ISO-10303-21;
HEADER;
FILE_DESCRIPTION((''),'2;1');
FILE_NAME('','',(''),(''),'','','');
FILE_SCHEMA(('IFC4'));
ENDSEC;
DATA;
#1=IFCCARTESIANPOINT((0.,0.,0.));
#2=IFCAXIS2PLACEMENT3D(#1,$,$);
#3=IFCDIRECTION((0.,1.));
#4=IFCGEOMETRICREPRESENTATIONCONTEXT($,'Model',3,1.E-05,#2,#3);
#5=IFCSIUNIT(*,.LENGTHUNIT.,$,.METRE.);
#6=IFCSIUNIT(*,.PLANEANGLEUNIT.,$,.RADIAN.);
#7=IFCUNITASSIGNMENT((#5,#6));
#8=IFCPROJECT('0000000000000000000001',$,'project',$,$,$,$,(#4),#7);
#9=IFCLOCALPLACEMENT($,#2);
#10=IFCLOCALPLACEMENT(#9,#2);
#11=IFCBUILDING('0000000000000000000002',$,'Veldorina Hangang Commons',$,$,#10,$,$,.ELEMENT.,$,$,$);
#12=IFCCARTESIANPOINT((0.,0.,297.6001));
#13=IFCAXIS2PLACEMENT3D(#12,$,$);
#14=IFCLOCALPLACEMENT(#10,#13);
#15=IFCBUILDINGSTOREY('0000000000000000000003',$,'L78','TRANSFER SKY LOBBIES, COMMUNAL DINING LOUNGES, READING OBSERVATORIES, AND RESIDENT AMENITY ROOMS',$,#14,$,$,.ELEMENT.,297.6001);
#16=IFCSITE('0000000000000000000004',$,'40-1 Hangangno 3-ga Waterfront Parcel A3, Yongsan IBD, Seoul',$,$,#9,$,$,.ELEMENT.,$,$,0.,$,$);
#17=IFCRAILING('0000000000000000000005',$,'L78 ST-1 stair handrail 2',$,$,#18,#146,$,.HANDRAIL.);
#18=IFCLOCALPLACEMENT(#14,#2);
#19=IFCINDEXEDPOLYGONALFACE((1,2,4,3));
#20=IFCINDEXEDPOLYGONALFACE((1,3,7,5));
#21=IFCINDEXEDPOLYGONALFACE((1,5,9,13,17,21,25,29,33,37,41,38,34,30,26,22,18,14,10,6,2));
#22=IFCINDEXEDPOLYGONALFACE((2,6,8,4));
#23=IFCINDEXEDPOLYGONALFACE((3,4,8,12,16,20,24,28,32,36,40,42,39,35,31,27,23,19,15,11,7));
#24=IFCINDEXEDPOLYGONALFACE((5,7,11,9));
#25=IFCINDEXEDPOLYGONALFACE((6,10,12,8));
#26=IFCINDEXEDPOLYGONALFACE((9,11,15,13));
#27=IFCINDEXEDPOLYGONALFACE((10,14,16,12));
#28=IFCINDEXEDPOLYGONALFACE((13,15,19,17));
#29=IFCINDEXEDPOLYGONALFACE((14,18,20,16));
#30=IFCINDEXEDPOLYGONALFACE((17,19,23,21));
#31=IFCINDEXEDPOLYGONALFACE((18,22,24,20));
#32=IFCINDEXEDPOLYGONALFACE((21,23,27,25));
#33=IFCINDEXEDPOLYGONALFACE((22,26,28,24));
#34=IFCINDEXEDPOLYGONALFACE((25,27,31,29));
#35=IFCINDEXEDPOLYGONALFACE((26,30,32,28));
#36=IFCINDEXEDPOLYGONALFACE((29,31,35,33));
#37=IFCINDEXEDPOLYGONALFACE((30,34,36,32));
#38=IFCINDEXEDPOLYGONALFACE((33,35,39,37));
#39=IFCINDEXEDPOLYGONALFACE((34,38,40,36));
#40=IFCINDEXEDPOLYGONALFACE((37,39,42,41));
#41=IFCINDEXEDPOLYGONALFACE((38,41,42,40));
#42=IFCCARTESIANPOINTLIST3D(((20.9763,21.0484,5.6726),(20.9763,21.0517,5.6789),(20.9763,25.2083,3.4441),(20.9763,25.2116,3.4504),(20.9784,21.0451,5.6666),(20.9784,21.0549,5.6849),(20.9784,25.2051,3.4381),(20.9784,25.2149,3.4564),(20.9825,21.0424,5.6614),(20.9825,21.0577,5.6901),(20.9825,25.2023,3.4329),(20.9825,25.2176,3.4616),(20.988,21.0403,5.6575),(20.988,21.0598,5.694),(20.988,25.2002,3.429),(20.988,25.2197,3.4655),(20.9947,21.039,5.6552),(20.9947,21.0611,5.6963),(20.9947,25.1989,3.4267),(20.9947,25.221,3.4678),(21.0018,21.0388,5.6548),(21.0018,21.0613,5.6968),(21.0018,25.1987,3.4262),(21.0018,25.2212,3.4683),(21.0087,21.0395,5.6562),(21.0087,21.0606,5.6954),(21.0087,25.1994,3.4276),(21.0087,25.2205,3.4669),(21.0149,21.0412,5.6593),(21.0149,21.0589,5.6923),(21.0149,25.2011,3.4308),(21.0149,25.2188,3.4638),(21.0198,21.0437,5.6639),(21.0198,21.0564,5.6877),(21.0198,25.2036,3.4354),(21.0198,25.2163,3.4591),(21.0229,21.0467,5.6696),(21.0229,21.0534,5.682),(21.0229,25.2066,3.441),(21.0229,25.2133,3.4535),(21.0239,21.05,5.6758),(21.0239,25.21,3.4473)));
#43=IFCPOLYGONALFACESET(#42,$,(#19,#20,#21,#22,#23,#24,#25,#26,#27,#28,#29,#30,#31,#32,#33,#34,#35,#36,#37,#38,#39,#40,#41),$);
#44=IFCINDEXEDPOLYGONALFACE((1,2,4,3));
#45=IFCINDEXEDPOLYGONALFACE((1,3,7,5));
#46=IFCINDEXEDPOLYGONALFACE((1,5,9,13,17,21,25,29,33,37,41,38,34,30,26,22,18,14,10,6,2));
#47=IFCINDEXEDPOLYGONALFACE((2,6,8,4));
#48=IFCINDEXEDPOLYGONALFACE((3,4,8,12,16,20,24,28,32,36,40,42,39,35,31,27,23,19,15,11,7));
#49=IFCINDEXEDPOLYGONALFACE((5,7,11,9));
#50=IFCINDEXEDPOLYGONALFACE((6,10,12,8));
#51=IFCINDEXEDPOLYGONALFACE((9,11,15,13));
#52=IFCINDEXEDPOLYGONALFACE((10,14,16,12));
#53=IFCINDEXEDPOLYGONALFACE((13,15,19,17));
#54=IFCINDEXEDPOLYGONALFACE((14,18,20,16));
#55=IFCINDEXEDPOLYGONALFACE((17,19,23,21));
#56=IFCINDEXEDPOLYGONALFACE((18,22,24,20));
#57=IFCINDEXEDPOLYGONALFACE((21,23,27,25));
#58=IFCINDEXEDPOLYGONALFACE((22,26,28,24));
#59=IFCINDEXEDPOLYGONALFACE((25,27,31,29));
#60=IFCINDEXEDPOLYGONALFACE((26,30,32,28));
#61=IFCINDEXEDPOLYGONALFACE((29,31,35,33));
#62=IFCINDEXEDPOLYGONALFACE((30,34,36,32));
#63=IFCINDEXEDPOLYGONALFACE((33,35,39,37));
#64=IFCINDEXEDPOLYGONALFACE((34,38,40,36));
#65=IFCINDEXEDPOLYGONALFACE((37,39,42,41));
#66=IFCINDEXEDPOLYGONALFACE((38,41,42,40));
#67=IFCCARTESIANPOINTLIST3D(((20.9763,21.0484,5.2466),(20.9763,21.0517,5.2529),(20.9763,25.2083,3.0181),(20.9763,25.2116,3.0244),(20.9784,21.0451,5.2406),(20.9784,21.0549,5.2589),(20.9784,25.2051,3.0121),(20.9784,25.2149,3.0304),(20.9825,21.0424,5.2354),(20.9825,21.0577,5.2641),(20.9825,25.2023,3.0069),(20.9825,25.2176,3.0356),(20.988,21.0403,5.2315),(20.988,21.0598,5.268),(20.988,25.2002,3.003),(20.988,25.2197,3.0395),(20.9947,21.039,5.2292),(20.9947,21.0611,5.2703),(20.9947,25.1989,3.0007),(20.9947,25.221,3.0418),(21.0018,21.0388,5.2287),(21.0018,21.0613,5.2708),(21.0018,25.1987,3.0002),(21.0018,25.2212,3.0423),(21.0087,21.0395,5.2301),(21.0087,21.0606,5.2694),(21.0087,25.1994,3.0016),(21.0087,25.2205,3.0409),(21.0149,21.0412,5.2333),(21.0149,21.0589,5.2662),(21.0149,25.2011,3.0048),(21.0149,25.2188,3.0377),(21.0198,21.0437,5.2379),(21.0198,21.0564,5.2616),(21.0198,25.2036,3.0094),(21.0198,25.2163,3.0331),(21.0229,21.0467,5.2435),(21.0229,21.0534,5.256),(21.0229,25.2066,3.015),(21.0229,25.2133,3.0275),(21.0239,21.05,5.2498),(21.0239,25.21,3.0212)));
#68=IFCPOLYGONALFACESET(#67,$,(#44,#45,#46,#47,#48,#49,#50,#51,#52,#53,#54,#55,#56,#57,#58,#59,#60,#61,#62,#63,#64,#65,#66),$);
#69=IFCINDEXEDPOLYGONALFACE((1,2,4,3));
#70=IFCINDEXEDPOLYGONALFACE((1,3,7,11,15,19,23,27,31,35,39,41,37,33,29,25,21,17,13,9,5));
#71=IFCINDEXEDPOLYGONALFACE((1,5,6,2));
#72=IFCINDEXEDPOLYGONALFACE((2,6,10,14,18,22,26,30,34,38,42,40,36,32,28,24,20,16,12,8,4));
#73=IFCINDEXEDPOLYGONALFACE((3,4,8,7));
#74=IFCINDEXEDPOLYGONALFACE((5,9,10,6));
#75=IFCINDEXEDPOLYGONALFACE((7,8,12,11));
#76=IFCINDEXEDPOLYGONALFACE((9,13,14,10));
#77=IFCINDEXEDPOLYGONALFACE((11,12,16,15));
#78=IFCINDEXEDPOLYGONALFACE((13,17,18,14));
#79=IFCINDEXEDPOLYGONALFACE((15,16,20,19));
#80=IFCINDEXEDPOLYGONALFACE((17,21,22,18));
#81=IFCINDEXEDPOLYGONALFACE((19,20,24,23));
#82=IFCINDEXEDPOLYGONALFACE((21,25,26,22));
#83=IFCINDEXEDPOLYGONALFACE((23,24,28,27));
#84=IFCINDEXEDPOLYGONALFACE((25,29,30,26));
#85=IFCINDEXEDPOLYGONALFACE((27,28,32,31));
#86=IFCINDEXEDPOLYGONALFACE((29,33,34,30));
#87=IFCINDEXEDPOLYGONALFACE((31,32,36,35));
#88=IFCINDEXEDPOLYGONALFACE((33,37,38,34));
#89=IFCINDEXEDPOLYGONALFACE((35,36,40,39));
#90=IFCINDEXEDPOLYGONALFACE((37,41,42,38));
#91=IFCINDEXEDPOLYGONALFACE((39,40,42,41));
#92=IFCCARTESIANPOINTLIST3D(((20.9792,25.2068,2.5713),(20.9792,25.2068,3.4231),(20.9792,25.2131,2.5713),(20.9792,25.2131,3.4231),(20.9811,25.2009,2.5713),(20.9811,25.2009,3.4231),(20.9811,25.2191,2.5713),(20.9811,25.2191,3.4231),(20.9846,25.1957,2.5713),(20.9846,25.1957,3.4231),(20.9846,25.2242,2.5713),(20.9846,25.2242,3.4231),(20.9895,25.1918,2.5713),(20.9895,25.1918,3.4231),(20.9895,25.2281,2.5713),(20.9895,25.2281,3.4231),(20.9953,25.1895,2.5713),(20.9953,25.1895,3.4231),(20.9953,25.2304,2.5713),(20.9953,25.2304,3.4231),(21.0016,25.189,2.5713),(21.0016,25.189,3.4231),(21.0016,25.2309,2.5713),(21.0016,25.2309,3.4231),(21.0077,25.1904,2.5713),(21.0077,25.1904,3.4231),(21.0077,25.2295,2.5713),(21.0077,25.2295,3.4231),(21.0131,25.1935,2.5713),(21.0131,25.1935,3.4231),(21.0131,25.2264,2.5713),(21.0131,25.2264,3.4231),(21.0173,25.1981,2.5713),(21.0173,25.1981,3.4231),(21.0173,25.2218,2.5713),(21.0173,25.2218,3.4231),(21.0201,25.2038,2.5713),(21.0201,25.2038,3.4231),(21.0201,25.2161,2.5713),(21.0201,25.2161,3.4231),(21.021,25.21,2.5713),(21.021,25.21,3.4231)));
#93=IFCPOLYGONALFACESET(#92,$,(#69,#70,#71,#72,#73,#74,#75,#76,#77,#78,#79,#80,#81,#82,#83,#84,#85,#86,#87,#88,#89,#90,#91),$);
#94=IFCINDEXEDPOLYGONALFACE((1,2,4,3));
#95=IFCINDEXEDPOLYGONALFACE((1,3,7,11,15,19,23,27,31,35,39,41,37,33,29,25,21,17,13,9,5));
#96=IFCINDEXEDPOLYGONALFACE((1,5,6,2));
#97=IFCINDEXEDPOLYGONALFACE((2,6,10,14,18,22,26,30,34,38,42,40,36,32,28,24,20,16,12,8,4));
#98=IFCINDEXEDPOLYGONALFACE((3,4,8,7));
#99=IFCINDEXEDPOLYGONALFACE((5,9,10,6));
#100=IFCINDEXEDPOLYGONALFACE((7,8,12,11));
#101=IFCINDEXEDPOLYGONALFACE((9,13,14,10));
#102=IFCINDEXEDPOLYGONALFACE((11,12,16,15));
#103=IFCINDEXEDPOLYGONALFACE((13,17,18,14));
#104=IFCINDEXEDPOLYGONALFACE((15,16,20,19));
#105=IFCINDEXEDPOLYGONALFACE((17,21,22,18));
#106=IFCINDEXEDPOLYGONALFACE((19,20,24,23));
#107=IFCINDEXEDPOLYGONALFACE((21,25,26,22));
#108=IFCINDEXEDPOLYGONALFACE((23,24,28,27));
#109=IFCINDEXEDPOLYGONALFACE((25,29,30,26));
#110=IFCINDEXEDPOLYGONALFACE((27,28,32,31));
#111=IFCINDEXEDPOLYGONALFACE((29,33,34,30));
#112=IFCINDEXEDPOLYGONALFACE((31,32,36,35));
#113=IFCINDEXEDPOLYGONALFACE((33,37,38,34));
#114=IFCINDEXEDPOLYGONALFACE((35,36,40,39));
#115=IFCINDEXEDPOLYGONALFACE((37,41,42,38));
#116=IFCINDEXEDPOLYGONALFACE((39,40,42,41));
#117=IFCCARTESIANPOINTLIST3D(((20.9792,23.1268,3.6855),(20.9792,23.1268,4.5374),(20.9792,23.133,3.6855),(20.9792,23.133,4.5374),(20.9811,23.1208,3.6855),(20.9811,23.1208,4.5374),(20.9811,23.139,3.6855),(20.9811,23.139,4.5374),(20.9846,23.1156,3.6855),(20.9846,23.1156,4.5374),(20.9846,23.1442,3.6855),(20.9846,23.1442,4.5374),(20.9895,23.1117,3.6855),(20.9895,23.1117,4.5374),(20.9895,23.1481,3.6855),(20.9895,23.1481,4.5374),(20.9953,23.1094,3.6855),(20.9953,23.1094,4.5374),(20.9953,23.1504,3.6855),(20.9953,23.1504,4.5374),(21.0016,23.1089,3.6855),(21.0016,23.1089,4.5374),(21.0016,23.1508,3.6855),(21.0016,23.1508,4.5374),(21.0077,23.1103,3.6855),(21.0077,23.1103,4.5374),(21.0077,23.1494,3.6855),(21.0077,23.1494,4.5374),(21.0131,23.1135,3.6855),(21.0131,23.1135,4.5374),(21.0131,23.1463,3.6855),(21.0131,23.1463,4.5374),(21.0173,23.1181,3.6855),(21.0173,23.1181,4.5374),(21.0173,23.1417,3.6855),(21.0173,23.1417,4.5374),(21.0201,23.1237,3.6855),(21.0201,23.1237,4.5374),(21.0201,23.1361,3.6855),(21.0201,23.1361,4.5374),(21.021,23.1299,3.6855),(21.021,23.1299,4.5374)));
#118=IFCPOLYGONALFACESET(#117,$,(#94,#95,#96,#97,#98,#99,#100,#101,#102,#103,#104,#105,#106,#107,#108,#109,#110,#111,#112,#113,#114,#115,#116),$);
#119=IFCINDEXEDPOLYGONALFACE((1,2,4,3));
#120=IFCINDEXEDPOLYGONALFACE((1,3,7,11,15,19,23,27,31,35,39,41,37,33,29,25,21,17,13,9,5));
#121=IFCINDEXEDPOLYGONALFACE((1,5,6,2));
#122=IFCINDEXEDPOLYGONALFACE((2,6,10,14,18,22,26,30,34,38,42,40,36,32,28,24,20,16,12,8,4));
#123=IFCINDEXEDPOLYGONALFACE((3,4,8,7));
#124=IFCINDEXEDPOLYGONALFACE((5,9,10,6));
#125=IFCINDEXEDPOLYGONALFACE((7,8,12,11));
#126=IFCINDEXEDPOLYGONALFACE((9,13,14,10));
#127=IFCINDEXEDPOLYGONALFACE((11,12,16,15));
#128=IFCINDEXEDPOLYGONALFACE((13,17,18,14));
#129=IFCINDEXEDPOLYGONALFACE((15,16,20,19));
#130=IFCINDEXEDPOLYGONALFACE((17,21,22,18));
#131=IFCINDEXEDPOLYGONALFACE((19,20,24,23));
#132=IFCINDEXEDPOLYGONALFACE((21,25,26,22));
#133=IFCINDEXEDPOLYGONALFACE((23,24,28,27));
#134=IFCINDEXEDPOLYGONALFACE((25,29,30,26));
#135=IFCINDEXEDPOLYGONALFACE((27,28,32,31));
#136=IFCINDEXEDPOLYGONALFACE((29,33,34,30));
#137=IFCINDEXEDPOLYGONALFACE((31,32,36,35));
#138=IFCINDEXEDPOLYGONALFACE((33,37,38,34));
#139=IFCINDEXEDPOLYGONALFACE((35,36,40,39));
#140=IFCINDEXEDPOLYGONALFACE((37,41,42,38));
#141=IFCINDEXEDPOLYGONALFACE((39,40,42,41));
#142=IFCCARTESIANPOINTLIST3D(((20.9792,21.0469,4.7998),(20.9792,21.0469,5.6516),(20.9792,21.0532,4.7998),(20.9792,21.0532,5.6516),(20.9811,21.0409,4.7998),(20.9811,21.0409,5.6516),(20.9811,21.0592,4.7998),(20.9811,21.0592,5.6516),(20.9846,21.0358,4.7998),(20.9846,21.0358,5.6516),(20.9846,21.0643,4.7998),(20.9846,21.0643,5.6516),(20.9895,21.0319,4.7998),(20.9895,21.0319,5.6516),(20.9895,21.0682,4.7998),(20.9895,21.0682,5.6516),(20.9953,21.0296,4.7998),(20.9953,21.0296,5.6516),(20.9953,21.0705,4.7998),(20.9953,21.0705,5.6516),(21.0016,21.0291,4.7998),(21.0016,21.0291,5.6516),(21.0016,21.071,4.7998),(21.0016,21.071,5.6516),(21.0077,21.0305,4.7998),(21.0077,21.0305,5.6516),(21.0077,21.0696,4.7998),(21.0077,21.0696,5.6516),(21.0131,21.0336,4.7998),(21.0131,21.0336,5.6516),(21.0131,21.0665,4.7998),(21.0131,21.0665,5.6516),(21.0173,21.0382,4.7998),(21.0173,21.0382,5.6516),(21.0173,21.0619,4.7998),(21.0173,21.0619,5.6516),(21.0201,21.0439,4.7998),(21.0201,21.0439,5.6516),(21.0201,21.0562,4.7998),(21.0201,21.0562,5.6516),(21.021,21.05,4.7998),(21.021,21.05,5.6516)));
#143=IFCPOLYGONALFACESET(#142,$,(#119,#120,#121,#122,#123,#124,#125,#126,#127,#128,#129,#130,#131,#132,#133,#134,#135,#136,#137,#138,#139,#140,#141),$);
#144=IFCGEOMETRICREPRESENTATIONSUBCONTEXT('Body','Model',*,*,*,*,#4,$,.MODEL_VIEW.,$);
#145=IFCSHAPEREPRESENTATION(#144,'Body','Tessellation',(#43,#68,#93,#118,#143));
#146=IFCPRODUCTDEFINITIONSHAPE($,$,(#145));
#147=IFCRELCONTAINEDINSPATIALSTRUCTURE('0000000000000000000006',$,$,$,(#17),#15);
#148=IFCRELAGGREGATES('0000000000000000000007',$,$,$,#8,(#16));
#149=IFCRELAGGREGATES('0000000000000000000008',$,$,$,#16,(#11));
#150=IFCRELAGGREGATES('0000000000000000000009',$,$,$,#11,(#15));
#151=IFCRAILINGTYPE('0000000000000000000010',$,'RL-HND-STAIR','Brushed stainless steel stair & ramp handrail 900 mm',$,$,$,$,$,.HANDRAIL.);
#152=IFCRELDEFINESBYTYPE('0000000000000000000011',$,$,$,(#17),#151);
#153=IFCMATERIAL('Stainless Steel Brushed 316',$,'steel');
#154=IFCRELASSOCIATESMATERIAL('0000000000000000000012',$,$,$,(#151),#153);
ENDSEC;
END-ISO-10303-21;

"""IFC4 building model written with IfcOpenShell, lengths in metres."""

from ifc_helpers import new_model, si_unit, direction, frame, origin, origin_2d, place, context, subcontext, project, spatial, circle, extrude, material, type_object, element, save


model = new_model("IFC4")

# Units and contexts
model_context = context("Model", 3, precision=1e-05, world=origin(), true_north=direction((0.0, 1.0)))
body_context = subcontext(model_context, "Body", "Model", "MODEL_VIEW")
ifc_project = project(units=[si_unit("LENGTHUNIT", "METRE"), si_unit("PLANEANGLEUNIT", "RADIAN")], contexts=[model_context])

# Site, building, storey
site_placement = place(None, origin())
site = spatial("IfcSite", under=ifc_project, at=site_placement, Name="40-1 Hangangno 3-ga Waterfront Parcel A3, Yongsan IBD, Seoul", CompositionType="ELEMENT", RefElevation=0.0)
building_placement = place(site_placement, origin())
building = spatial("IfcBuilding", under=site, at=building_placement, Name="Veldorina Hangang Commons", CompositionType="ELEMENT")
storey_placement = place(building_placement, frame((0.0, 0.0, 297.6001)))
storey = spatial("IfcBuildingStorey", under=building, at=storey_placement, Name="L78", Description="TRANSFER SKY LOBBIES, COMMUNAL DINING LOUNGES, READING OBSERVATORIES, AND RESIDENT AMENITY ROOMS", CompositionType="ELEMENT", Elevation=297.6001)

# Railing
ifc_material_1 = material(Name="Stainless Steel Brushed 316", Category="steel")
railing_type = type_object("IfcRailingType", Name="RL-HND-STAIR", Description="Brushed stainless steel stair & ramp handrail 900 mm", PredefinedType="HANDRAIL", material=ifc_material_1)
railing_placement = place(storey_placement, frame((21.0, 25.21, 2.5713)))
element("IfcRailing", 1, at=railing_placement, inside=storey, type_object=railing_type, Name="L78 ST-1 stair handrail 2", PredefinedType="HANDRAIL", context=body_context, shape_type="SweptSolid", body=[
    extrude(circle(Radius=0.0239, at=origin_2d()), frame((0.0, 0.0, 0.876), z_axis=(0.0, -0.881481, 0.47222), x_axis=(1.0, 0.0, 0.0)), (0.0, 0.0, 1.0), 4.7192),
    extrude(circle(Radius=0.0239, at=origin_2d()), frame((0.0, 0.0, 0.45), z_axis=(0.0, -0.881481, 0.47222), x_axis=(1.0, 0.0, 0.0)), (0.0, 0.0, 1.0), 4.7192),
    extrude(circle(Radius=0.021, at=origin_2d()), origin(), (0.0, 0.0, 1.0), 0.8518),
    extrude(circle(Radius=0.021, at=origin_2d()), frame((0.0, -2.0801, 1.1143)), (0.0, 0.0, 1.0), 0.8518),
    extrude(circle(Radius=0.021, at=origin_2d()), frame((0.0, -4.1599, 2.2285)), (0.0, 0.0, 1.0), 0.8518),
])

save(model, "model.ifc")
